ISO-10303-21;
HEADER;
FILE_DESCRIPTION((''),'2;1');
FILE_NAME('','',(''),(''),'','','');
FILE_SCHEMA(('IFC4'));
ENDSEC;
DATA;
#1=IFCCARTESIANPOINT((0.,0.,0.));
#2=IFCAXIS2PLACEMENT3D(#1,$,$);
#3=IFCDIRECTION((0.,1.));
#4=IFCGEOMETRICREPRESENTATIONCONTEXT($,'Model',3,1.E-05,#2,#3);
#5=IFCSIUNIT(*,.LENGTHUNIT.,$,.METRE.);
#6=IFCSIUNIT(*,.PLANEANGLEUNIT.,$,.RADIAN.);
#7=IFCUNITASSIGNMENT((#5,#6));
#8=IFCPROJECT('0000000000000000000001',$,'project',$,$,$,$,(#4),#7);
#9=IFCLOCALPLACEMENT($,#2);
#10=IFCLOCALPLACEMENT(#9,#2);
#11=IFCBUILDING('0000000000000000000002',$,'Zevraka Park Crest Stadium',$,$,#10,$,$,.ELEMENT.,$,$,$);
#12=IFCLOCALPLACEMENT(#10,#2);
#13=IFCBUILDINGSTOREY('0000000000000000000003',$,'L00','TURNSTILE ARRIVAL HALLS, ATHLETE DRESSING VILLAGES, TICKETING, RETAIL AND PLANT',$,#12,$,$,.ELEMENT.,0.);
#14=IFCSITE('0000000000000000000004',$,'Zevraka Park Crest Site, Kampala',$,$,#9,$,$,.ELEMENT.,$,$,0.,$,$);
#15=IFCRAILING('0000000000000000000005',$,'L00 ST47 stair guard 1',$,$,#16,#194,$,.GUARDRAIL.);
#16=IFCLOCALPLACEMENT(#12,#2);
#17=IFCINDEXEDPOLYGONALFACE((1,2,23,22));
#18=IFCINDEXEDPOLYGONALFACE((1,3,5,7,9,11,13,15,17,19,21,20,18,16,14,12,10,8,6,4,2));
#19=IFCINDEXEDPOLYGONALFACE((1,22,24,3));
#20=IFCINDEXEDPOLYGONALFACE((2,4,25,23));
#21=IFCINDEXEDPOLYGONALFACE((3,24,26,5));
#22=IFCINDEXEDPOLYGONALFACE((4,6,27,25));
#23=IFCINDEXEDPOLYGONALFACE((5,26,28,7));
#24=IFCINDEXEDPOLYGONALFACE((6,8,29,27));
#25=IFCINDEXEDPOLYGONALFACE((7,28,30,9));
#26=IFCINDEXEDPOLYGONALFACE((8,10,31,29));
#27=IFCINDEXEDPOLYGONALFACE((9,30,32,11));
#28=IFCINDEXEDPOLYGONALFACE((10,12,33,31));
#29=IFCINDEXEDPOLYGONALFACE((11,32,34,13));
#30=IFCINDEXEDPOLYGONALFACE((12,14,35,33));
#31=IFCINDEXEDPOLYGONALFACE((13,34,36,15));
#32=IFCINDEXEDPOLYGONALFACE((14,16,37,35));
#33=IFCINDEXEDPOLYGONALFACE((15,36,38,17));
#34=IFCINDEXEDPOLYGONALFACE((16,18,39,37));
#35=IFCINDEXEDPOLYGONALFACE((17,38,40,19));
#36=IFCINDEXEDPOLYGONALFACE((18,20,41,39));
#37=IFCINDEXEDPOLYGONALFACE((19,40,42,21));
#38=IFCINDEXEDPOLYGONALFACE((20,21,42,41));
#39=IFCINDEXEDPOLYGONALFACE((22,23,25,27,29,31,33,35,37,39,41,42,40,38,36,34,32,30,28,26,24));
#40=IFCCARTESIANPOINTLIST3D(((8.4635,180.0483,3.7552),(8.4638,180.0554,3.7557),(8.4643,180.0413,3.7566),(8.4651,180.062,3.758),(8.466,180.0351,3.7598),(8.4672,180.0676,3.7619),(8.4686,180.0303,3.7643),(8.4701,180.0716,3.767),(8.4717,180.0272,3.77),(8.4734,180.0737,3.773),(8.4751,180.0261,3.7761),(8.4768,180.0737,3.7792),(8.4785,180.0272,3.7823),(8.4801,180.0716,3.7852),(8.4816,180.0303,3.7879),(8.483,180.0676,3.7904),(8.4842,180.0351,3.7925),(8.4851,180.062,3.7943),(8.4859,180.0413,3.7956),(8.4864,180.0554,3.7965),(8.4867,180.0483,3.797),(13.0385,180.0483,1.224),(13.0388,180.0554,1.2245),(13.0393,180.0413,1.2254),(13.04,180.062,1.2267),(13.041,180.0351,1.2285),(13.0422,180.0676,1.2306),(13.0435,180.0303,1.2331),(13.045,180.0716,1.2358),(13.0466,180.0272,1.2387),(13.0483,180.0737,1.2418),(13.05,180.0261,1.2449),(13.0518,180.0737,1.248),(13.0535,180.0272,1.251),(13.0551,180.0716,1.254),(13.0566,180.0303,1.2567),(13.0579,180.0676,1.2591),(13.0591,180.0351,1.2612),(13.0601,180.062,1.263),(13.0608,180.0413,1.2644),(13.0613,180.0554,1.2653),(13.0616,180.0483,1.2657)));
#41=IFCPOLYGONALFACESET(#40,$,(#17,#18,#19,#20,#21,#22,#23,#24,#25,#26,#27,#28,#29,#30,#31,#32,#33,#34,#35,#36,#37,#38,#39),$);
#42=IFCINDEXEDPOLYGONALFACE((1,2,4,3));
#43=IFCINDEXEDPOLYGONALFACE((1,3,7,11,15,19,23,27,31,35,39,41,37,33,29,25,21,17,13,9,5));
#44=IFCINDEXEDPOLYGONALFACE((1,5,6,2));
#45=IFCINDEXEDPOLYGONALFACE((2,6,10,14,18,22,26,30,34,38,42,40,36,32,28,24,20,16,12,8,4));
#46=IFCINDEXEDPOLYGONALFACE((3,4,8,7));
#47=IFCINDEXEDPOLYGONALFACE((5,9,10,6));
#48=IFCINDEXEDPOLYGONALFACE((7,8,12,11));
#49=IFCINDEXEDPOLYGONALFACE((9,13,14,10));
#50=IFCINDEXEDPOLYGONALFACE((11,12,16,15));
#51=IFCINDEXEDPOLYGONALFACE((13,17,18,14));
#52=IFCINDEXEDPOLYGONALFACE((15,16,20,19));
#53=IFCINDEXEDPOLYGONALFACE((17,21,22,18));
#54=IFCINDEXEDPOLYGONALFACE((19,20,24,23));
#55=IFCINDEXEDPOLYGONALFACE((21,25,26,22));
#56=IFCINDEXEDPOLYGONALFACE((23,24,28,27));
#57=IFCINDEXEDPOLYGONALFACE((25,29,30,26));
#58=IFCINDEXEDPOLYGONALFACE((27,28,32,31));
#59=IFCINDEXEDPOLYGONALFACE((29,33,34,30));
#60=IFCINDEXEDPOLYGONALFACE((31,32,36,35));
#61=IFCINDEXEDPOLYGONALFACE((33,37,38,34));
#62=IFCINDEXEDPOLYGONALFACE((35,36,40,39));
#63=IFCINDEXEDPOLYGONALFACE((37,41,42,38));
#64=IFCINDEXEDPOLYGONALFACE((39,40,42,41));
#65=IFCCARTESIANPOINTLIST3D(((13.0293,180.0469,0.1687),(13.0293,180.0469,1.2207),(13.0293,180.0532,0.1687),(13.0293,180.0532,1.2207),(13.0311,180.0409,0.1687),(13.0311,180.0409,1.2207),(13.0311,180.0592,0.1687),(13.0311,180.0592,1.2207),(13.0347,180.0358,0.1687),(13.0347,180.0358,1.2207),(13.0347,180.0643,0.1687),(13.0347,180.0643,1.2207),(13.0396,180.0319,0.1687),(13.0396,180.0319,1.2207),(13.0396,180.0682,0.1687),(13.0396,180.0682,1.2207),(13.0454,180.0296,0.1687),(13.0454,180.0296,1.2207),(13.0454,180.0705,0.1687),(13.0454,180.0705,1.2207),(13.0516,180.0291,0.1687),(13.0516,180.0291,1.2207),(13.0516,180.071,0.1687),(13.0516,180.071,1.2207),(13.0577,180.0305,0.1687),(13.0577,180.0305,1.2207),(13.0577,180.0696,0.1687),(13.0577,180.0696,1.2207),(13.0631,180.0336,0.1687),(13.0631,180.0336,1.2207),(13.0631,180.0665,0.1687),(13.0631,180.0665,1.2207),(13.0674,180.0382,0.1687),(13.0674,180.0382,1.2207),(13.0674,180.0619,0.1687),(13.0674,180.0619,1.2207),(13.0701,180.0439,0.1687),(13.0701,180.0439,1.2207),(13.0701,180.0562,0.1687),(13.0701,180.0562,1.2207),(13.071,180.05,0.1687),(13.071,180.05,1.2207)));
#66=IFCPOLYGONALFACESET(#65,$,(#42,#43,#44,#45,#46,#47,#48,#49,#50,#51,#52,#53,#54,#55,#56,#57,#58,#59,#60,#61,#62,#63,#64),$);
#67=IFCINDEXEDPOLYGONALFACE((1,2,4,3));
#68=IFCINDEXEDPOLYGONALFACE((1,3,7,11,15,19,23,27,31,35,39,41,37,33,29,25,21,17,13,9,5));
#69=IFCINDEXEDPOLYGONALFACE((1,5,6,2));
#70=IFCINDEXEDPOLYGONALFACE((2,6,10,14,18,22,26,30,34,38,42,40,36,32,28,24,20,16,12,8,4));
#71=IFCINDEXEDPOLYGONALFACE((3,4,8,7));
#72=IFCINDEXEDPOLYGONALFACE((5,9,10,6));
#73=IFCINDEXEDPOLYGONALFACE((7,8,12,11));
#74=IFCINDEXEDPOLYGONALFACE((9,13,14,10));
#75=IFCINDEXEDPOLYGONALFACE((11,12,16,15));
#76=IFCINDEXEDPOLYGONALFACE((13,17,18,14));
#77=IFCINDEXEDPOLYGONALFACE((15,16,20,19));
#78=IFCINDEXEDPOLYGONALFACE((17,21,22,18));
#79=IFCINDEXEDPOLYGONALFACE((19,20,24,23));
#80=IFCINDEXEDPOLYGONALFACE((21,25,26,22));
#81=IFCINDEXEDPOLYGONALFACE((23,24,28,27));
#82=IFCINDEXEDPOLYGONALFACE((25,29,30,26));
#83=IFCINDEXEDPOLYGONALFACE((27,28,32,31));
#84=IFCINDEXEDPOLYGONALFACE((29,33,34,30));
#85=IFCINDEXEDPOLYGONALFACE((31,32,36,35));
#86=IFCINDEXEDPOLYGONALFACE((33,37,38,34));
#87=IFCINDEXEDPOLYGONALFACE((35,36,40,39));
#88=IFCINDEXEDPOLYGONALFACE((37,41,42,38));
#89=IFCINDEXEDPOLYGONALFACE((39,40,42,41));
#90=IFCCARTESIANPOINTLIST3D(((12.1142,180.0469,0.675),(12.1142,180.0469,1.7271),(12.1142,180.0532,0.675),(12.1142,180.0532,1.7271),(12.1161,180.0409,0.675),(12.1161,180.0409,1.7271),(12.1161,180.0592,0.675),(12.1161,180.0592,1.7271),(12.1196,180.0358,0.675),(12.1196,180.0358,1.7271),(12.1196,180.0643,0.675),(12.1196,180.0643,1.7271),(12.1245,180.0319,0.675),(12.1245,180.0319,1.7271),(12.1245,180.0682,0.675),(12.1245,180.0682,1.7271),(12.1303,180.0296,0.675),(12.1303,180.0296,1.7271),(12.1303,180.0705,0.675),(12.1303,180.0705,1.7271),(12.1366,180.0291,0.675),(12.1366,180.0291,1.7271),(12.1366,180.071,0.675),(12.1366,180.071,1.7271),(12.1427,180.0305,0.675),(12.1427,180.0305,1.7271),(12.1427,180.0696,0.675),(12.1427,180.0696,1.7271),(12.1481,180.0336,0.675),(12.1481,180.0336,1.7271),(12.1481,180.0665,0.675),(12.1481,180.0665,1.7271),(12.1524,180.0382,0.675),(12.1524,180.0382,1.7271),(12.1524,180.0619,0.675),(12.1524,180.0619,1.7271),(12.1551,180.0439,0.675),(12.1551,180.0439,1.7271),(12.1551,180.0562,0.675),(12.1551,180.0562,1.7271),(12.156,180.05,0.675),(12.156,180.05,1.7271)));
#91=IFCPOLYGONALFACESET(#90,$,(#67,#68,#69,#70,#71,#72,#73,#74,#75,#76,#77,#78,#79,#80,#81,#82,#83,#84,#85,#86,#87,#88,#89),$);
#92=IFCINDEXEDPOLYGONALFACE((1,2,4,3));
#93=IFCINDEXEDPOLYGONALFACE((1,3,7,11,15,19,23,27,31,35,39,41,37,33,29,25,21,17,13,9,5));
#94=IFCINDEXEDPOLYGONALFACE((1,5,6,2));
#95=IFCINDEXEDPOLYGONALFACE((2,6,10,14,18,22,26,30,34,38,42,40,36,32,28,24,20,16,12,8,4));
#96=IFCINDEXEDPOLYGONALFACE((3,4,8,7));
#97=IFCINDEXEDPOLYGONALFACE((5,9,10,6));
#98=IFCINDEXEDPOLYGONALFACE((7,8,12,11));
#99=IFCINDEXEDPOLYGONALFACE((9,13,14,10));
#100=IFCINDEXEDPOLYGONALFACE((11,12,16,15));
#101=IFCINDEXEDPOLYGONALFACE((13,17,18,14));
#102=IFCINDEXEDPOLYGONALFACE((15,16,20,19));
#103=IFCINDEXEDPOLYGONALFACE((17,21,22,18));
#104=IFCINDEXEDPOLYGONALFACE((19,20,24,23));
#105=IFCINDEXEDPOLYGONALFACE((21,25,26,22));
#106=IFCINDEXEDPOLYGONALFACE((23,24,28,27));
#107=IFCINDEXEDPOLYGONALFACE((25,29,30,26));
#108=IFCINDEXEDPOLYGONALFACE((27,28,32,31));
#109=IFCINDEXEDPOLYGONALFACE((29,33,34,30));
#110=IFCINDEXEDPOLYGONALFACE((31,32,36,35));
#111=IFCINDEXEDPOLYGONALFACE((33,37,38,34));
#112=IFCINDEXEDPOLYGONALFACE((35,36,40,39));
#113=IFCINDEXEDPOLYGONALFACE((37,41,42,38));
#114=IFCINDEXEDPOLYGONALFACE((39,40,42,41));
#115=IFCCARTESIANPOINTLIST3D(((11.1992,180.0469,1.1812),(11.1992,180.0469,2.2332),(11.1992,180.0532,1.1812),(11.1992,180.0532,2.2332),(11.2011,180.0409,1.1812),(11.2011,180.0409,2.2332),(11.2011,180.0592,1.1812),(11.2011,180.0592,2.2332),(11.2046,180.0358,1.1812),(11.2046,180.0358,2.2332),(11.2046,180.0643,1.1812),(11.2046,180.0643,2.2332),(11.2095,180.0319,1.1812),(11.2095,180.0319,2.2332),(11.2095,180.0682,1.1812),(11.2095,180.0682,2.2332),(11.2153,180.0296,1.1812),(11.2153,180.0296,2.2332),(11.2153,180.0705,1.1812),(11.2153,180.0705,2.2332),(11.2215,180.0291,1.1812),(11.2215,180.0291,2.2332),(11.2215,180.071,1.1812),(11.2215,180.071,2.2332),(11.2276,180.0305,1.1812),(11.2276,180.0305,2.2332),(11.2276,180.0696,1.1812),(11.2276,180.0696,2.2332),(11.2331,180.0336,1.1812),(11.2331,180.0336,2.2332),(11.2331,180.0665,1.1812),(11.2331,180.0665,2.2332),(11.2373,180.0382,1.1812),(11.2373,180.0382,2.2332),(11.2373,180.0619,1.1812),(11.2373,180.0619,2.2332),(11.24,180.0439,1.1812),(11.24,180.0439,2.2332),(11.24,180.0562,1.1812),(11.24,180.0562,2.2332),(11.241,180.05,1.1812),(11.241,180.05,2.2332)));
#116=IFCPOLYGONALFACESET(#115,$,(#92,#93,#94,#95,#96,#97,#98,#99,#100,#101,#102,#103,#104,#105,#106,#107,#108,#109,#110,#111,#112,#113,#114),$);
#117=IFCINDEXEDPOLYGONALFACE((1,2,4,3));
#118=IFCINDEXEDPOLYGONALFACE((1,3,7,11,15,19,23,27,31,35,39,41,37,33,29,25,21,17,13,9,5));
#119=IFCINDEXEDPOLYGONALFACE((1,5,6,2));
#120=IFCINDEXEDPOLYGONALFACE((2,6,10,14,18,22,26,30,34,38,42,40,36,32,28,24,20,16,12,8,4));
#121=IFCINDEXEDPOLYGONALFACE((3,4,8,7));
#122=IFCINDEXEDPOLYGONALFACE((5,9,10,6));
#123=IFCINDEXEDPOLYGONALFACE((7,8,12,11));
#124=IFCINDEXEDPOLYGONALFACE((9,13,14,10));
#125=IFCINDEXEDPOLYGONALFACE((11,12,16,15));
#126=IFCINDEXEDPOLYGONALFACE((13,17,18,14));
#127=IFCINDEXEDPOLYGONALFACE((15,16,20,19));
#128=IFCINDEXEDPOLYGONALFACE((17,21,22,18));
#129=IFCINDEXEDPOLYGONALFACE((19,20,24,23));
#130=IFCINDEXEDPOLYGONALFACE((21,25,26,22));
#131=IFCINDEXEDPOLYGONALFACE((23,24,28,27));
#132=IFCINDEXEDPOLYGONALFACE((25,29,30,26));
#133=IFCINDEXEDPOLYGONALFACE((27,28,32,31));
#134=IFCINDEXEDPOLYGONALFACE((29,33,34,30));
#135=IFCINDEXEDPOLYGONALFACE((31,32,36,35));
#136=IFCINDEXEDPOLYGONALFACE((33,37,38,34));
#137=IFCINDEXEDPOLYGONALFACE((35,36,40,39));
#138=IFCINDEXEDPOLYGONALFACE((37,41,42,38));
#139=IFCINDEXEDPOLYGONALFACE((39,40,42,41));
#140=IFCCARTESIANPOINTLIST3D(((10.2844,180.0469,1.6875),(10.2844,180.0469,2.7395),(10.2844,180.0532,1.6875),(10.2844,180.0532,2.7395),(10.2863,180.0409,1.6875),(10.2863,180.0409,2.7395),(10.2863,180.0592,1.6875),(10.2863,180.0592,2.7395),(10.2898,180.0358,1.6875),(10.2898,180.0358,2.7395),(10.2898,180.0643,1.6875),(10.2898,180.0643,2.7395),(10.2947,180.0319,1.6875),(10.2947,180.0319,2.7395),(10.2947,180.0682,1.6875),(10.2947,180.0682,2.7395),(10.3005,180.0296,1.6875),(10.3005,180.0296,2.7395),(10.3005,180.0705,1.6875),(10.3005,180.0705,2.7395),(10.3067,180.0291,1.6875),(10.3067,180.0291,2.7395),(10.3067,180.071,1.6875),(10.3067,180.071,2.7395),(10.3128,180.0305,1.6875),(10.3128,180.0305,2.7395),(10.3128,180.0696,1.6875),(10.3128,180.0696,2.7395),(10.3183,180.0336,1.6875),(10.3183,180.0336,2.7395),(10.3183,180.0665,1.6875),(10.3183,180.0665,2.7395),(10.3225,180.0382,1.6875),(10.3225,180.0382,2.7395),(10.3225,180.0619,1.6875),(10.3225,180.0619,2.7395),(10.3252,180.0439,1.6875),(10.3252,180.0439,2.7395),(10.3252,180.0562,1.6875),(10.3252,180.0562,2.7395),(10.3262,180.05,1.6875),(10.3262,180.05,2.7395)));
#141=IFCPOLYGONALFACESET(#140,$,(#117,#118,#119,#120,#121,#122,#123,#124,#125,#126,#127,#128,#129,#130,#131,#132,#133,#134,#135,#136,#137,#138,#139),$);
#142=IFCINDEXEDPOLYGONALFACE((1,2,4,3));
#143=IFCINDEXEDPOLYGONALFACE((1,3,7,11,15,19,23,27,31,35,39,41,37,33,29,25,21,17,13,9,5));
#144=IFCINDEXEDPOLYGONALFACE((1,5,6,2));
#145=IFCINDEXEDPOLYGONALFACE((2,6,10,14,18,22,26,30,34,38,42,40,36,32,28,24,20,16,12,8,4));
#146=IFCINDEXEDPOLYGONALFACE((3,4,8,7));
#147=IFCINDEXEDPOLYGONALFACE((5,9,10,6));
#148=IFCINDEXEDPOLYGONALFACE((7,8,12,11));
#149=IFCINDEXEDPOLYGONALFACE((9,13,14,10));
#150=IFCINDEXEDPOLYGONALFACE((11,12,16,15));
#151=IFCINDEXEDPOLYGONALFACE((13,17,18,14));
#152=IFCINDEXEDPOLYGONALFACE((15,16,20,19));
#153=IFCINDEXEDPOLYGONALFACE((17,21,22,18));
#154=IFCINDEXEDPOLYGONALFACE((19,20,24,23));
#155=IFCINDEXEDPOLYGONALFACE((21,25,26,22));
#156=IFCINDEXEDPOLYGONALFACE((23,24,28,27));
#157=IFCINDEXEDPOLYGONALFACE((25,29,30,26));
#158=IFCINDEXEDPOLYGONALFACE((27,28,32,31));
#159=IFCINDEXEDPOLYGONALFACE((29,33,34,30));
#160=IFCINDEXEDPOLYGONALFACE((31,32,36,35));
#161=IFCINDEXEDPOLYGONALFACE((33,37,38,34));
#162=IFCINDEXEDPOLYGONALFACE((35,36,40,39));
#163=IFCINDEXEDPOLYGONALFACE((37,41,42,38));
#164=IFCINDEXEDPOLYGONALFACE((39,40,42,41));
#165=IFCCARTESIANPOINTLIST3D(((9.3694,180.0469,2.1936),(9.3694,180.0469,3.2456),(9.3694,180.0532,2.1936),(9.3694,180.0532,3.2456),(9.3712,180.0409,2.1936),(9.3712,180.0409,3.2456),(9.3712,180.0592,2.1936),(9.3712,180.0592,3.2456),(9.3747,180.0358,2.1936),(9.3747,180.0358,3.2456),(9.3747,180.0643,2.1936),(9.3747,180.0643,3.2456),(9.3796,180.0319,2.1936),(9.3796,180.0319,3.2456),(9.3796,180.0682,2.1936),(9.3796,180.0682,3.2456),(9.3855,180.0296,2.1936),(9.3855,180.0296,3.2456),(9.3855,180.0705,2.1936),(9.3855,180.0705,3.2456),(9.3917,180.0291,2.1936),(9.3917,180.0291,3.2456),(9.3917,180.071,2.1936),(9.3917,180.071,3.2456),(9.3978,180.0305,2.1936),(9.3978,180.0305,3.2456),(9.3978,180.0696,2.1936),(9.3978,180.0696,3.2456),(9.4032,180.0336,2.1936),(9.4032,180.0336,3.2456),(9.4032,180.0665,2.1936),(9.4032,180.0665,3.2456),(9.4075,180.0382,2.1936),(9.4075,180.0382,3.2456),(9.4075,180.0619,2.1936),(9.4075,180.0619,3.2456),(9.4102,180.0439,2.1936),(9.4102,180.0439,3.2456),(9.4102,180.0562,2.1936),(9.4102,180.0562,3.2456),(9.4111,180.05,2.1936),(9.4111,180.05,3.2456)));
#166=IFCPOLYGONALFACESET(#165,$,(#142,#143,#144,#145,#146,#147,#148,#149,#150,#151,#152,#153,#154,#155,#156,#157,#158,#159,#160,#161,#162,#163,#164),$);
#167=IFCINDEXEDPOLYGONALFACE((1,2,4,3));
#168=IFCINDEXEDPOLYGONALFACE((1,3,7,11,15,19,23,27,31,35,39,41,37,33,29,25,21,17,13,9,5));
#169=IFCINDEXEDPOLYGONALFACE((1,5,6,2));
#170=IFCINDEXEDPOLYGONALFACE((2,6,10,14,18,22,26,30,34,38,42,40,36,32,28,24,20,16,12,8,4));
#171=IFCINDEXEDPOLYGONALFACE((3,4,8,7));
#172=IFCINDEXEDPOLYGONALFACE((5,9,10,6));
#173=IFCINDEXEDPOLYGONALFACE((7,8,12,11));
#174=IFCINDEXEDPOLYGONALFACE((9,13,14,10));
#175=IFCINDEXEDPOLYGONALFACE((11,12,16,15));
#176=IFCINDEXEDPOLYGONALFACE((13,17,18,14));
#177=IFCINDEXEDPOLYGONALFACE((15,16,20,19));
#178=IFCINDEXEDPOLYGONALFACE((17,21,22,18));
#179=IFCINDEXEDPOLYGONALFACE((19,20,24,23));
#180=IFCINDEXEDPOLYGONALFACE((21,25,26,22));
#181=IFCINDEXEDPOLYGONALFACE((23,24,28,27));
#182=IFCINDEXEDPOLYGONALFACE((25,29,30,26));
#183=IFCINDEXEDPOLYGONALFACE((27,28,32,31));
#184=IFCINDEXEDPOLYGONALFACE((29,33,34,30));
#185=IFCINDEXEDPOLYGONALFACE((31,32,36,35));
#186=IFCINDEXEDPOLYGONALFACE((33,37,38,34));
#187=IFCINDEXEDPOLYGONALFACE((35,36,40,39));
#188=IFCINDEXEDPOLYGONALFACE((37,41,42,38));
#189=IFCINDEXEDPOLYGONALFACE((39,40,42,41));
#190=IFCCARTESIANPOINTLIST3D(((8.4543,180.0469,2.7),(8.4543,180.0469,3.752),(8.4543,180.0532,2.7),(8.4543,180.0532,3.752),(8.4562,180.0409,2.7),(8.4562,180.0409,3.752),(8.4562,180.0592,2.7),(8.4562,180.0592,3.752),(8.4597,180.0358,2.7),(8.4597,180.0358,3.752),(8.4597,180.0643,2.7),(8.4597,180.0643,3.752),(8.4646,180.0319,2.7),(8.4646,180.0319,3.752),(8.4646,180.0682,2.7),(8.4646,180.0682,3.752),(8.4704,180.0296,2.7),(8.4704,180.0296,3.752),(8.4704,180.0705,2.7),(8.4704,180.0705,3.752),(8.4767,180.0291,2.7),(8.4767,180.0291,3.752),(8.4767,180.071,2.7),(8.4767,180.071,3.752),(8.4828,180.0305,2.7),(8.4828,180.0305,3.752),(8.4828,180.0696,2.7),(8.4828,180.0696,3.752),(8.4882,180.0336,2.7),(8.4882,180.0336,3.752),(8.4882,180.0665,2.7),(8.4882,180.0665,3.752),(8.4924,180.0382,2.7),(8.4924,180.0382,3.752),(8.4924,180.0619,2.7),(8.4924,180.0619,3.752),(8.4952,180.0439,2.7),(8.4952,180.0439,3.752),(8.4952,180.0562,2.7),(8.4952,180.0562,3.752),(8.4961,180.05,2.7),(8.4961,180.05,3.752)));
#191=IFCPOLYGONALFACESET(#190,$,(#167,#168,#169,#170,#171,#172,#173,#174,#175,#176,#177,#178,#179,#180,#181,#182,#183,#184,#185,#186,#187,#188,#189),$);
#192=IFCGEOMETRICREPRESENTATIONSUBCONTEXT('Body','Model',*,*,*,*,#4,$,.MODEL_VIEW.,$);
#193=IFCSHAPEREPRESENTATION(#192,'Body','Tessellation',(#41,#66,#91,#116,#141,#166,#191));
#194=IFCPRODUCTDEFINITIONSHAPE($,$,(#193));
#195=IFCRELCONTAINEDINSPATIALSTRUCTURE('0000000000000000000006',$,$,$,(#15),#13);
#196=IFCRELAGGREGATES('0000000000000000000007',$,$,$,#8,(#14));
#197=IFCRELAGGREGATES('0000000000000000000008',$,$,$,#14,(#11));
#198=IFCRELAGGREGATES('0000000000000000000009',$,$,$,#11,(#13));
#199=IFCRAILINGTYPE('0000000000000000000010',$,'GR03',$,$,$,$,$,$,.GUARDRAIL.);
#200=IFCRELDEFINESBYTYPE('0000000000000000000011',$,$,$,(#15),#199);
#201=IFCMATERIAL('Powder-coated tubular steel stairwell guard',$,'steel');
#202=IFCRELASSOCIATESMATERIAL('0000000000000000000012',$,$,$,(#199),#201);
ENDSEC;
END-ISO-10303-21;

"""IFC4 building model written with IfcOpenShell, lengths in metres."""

from ifc_helpers import new_model, si_unit, direction, frame, origin, origin_2d, place, context, subcontext, project, spatial, circle, extrude, material, type_object, element, save


model = new_model("IFC4")

# Units and contexts
model_context = context("Model", 3, precision=1e-05, world=origin(), true_north=direction((0.0, 1.0)))
body_context = subcontext(model_context, "Body", "Model", "MODEL_VIEW")
ifc_project = project(units=[si_unit("LENGTHUNIT", "METRE"), si_unit("PLANEANGLEUNIT", "RADIAN")], contexts=[model_context])

# Site, building, storey
site_placement = place(None, origin())
site = spatial("IfcSite", under=ifc_project, at=site_placement, Name="Zevraka Park Crest Site, Kampala", CompositionType="ELEMENT", RefElevation=0.0)
building_placement = place(site_placement, origin())
building = spatial("IfcBuilding", under=site, at=building_placement, Name="Zevraka Park Crest Stadium", CompositionType="ELEMENT")
storey_placement = place(building_placement, origin())
storey = spatial("IfcBuildingStorey", under=building, at=storey_placement, Name="L00", Description="TURNSTILE ARRIVAL HALLS, ATHLETE DRESSING VILLAGES, TICKETING, RETAIL AND PLANT", CompositionType="ELEMENT", Elevation=0.0)

# Railing
ifc_material_1 = material(Name="Powder-coated tubular steel stairwell guard", Category="steel")
railing_type_1 = type_object("IfcRailingType", Name="GR03", PredefinedType="GUARDRAIL", material=ifc_material_1)
railing_1_placement = place(storey_placement, frame((13.05, 180.05, 0.1687)))
element("IfcRailing", 1, at=railing_1_placement, inside=storey, type_object=railing_type_1, Name="L00 ST47 stair guard 1", PredefinedType="GUARDRAIL", context=body_context, shape_type="SweptSolid", body=[
    extrude(circle(Radius=0.0239, at=origin_2d()), frame((0.0, 0.0, 1.0762), z_axis=(-0.875, 0.0, 0.484124), x_axis=(0.0, -1.0, 0.0)), (0.0, 0.0, 1.0), 5.2285),
    extrude(circle(Radius=0.021, at=origin_2d()), origin(), (0.0, 0.0, 1.0), 1.052),
    extrude(circle(Radius=0.021, at=origin_2d()), frame((-0.915, 0.0, 0.5063)), (0.0, 0.0, 1.0), 1.052),
    extrude(circle(Radius=0.021, at=origin_2d()), frame((-1.8301, 0.0, 1.0125)), (0.0, 0.0, 1.0), 1.052),
    extrude(circle(Radius=0.021, at=origin_2d()), frame((-2.7449, 0.0, 1.5188)), (0.0, 0.0, 1.0), 1.052),
    extrude(circle(Radius=0.021, at=origin_2d()), frame((-3.6599, 0.0, 2.0249)), (0.0, 0.0, 1.0), 1.052),
    extrude(circle(Radius=0.021, at=origin_2d()), frame((-4.575, 0.0, 2.5312)), (0.0, 0.0, 1.0), 1.052),
])

save(model, "model.ifc")
